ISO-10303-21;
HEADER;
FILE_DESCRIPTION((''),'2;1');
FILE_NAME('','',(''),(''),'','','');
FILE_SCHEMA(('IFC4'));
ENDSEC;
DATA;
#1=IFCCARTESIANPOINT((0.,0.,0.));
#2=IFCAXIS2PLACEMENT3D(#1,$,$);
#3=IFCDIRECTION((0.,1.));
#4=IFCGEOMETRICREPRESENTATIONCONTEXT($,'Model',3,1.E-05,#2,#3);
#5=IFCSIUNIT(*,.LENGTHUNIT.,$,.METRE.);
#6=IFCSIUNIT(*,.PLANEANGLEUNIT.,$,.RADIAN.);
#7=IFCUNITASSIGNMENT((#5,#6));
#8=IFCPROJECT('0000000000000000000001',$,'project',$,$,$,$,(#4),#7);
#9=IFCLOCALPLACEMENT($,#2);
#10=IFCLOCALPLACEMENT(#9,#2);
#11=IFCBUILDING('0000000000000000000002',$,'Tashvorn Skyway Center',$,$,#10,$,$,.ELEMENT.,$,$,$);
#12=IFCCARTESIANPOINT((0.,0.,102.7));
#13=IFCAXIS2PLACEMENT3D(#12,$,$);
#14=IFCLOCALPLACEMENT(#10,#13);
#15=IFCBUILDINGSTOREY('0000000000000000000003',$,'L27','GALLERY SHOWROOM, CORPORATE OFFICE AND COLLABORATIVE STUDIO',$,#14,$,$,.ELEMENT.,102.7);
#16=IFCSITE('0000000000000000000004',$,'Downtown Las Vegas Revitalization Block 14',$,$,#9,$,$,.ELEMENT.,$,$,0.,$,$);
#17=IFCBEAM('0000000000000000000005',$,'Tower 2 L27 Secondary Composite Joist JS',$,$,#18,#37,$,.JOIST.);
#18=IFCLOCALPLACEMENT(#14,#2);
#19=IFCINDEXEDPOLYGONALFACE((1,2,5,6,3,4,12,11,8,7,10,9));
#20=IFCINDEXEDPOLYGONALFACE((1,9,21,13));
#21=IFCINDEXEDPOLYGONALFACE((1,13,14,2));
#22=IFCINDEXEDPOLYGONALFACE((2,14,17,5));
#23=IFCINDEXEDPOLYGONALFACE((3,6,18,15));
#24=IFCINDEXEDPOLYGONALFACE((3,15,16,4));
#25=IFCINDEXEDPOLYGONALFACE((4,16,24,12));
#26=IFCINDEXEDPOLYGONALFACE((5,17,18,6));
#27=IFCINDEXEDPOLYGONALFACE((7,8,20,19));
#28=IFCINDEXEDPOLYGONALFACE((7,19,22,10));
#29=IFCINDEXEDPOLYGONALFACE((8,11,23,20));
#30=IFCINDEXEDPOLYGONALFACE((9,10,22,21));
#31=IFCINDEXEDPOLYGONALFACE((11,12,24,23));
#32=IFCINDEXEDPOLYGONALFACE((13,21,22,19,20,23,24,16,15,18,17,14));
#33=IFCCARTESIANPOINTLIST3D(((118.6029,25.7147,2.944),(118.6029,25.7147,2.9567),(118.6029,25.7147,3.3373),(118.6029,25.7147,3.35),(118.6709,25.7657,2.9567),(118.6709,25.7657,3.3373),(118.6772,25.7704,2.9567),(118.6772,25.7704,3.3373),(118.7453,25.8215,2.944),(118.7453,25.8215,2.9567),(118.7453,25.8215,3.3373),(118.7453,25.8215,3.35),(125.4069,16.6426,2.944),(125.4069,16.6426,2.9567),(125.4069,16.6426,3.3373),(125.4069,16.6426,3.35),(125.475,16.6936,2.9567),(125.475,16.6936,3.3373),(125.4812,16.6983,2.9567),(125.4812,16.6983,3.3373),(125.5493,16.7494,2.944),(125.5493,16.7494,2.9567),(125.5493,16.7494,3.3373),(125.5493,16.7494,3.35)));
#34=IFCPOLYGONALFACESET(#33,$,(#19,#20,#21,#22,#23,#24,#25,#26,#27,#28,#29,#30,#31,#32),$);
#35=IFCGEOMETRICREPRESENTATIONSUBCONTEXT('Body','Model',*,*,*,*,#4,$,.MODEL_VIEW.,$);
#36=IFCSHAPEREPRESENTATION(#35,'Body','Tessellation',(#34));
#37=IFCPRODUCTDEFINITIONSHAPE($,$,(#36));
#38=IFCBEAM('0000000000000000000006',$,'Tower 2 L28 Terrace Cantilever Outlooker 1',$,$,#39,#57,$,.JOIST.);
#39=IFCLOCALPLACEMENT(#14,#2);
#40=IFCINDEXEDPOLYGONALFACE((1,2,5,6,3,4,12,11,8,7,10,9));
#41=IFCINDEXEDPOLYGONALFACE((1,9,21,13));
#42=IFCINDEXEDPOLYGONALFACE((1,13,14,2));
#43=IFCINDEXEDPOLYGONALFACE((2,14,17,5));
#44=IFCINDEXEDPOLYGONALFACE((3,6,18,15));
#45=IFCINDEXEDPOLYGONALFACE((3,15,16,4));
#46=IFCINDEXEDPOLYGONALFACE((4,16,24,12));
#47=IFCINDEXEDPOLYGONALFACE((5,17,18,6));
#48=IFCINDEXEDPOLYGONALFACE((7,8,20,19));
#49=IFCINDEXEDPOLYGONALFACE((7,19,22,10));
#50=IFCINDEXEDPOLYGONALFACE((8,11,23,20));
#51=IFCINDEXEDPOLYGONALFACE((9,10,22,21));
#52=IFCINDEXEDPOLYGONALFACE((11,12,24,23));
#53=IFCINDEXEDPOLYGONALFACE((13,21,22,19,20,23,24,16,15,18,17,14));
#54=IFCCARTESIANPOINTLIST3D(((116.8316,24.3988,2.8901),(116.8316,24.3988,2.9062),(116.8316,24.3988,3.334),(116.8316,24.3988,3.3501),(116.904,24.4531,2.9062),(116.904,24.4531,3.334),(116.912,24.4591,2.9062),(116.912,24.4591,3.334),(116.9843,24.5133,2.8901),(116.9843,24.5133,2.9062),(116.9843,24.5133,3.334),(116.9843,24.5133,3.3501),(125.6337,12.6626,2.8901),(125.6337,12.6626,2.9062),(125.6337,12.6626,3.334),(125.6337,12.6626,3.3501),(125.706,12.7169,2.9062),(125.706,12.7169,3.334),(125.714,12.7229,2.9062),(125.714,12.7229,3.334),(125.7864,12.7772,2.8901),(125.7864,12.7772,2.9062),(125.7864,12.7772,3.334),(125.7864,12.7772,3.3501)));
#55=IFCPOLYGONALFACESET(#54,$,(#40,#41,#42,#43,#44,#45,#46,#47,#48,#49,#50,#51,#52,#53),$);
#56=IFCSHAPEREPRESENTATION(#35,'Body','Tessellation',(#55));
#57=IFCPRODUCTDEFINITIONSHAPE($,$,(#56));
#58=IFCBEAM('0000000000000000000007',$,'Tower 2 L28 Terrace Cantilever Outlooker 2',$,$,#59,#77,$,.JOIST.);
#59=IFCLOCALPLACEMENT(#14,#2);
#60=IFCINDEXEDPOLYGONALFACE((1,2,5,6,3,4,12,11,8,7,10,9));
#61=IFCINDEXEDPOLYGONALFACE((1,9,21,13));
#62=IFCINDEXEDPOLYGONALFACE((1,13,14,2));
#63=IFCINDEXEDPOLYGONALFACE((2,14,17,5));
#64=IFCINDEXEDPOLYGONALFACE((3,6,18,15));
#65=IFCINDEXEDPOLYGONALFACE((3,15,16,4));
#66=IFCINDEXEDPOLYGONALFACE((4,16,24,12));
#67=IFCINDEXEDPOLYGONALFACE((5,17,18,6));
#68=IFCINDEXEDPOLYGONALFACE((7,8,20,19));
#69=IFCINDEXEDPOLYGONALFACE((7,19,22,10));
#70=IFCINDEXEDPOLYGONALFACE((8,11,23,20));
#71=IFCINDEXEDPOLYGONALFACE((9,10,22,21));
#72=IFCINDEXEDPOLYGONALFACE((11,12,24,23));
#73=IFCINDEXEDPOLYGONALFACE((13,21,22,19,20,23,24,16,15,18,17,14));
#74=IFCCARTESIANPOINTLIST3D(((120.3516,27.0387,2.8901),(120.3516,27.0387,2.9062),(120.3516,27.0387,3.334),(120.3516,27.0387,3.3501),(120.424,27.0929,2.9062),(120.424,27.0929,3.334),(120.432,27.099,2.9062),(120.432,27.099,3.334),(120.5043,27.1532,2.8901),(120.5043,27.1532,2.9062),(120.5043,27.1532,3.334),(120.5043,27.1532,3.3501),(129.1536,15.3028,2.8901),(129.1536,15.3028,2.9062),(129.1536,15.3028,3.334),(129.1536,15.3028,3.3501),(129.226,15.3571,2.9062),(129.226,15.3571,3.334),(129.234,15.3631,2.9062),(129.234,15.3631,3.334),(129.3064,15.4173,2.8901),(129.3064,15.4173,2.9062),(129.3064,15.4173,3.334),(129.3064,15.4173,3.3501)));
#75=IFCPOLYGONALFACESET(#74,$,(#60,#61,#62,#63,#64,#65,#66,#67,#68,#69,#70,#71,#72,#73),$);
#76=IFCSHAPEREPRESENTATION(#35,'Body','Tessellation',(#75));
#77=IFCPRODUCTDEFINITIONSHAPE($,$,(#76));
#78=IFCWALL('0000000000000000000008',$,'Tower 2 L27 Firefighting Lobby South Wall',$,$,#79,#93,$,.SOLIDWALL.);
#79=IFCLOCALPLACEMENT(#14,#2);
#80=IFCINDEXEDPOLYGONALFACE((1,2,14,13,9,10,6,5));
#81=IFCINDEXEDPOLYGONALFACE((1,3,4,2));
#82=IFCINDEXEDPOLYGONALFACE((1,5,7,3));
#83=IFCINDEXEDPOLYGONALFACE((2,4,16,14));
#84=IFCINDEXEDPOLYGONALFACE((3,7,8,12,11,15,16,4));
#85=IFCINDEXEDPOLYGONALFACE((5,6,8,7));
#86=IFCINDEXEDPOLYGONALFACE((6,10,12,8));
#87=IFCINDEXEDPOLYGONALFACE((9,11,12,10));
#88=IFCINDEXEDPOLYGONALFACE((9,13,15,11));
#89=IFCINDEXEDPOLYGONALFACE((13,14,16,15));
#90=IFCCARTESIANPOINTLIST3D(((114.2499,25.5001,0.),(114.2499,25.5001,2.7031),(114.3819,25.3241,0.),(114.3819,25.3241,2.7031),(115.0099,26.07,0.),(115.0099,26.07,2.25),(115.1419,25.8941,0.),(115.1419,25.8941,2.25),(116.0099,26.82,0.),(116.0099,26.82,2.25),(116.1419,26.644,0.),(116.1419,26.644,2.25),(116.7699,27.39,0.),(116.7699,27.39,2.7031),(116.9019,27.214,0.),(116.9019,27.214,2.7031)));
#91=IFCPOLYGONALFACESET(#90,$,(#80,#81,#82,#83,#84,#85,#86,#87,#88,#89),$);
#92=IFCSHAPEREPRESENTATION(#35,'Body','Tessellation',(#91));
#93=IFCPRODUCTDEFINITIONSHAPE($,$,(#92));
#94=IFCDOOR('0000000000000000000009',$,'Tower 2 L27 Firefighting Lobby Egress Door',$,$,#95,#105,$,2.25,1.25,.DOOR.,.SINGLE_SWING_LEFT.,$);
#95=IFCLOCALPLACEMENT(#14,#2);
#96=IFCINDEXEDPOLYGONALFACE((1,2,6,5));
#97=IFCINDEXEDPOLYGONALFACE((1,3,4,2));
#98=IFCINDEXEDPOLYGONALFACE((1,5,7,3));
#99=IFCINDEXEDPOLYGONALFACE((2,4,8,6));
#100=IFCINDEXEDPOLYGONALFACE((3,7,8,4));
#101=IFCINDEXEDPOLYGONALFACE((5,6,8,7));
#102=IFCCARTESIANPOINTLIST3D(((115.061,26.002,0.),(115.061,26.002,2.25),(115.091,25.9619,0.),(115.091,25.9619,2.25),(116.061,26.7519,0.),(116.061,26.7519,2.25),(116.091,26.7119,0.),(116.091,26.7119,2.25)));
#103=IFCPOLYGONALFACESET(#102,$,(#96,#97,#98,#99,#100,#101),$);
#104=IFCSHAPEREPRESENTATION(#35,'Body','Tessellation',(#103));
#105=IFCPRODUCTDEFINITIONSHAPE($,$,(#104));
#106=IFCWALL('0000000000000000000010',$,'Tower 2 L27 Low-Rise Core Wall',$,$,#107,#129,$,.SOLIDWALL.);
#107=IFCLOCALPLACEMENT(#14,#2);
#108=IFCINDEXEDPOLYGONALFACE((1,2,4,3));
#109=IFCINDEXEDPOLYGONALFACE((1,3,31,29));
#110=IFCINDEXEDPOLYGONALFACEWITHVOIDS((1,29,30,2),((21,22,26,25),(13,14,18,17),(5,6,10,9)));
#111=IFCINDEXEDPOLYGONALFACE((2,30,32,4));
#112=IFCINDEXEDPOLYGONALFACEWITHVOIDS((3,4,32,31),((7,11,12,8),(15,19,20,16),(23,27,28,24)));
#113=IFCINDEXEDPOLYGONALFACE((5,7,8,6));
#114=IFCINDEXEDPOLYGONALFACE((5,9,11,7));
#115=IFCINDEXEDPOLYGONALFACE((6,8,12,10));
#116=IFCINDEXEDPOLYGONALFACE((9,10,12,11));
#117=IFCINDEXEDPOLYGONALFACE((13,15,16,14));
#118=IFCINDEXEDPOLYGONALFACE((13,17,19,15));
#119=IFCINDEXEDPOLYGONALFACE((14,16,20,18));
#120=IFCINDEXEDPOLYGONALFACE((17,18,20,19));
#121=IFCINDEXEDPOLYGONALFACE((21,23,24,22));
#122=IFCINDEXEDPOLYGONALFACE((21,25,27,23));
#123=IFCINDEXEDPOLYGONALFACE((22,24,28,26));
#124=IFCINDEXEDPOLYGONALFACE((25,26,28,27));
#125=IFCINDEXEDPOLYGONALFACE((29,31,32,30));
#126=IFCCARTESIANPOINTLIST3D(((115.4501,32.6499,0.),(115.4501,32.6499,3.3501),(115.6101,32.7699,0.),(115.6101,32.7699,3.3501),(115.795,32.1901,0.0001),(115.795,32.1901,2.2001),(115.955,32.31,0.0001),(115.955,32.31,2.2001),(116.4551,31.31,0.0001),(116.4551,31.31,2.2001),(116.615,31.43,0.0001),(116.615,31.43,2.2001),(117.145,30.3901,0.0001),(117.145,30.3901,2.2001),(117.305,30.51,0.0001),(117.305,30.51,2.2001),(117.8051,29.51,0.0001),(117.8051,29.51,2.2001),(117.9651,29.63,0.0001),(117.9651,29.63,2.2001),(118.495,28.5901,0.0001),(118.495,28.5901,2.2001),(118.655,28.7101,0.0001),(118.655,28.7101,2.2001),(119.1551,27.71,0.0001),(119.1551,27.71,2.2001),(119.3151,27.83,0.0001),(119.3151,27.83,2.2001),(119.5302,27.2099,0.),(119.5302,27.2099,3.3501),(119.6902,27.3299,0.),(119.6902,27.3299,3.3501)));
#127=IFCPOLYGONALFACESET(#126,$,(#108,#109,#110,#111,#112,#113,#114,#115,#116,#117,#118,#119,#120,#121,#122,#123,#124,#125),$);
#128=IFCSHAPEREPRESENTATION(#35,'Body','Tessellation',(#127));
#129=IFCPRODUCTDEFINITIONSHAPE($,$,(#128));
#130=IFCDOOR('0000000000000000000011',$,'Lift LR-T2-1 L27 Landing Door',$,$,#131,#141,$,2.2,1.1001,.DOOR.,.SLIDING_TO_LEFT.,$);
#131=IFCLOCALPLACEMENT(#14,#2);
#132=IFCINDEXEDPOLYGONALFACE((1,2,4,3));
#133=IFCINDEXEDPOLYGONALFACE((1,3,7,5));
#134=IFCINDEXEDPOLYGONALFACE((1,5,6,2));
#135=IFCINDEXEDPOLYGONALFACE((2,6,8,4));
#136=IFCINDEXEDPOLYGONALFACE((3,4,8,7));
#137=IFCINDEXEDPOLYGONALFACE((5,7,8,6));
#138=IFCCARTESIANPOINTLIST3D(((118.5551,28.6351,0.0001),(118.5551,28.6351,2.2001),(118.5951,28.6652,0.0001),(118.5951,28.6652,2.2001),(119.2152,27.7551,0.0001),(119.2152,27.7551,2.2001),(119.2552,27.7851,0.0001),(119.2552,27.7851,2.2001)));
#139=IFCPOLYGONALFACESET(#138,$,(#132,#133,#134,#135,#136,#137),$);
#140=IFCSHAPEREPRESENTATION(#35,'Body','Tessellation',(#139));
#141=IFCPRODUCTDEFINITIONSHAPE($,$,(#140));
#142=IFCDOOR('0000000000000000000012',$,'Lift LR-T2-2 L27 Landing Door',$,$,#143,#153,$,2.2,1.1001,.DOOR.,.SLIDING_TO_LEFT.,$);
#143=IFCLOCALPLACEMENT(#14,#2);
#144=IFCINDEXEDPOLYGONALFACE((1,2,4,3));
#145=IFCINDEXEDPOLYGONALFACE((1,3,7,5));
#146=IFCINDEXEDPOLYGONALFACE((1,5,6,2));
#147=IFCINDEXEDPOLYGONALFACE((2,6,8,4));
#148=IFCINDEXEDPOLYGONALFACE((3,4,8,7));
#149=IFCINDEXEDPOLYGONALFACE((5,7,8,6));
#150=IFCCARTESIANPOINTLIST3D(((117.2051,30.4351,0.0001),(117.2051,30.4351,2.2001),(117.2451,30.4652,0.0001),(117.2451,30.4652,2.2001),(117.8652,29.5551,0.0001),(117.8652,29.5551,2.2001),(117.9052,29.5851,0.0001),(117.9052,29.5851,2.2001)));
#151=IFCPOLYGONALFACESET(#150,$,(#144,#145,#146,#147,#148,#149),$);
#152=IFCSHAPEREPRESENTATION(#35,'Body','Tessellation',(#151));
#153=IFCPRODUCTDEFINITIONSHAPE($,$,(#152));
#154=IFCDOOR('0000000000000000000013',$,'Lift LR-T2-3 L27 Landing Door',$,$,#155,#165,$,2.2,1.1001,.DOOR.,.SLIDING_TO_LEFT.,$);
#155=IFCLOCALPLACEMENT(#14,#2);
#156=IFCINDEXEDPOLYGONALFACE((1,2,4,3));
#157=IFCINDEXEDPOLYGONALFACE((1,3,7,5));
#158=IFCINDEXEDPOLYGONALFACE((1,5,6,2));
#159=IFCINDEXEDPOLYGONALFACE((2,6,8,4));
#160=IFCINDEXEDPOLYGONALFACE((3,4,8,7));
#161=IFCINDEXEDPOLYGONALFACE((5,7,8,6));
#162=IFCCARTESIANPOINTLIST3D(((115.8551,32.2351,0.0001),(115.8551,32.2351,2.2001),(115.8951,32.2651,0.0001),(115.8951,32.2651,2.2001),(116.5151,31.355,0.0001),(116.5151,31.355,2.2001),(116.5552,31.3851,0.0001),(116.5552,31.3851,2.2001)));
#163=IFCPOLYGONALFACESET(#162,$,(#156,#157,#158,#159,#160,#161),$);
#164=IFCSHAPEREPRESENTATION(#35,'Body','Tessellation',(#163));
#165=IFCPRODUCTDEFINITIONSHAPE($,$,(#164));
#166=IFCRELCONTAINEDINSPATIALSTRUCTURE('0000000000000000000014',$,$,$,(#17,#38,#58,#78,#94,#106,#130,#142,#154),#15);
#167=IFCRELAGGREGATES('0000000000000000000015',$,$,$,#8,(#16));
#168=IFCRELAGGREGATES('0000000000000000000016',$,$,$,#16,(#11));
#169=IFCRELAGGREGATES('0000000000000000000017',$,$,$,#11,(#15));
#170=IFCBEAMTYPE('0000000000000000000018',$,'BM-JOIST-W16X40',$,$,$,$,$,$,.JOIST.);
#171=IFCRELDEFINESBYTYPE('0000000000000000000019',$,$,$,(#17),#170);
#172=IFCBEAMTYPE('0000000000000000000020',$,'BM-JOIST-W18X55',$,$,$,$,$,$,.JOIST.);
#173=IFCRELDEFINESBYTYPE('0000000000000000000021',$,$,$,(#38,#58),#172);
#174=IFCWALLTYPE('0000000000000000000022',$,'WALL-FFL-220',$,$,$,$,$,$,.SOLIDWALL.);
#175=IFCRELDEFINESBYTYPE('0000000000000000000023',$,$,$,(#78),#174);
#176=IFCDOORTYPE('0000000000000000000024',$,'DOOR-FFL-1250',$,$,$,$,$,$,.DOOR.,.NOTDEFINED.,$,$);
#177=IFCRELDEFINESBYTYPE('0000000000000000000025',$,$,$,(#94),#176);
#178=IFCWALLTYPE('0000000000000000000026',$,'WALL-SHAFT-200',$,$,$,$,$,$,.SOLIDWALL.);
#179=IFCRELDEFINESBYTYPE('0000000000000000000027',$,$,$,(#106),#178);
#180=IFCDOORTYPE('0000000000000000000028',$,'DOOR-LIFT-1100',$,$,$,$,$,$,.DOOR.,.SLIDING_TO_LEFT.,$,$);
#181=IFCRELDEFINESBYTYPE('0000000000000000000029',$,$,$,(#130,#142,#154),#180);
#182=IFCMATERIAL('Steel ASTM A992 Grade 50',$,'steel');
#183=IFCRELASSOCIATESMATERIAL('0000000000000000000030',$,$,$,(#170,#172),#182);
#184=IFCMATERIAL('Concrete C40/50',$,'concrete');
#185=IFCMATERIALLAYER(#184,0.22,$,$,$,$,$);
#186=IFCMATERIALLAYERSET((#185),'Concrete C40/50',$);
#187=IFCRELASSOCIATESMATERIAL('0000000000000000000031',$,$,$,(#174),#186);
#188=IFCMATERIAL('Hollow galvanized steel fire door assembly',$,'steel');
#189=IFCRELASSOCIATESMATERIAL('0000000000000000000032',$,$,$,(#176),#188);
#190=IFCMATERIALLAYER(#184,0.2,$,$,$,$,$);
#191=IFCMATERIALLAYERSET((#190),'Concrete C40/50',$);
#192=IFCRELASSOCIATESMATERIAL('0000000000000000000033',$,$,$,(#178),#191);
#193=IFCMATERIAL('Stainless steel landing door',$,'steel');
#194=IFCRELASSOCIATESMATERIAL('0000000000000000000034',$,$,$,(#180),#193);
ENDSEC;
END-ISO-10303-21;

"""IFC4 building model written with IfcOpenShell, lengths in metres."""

from ifc_helpers import new_model, si_unit, direction, frame, frame_2d, origin, origin_2d, place, context, subcontext, project, spatial, rectangle, i_section, extrude, material, layer, layer_set, material_profile, profile_set, type_object, element, fill, save


model = new_model("IFC4")

# Units and contexts
model_context = context("Model", 3, precision=1e-05, world=origin(), true_north=direction((0.0, 1.0)))
body_context = subcontext(model_context, "Body", "Model", "MODEL_VIEW")
ifc_project = project(units=[si_unit("LENGTHUNIT", "METRE"), si_unit("PLANEANGLEUNIT", "RADIAN")], contexts=[model_context])

# Site, building, storey
site_placement = place(None, origin())
site = spatial("IfcSite", under=ifc_project, at=site_placement, Name="Downtown Las Vegas Revitalization Block 14", CompositionType="ELEMENT", RefElevation=0.0)
building_placement = place(site_placement, origin())
building = spatial("IfcBuilding", under=site, at=building_placement, Name="Tashvorn Skyway Center", CompositionType="ELEMENT")
storey_placement = place(building_placement, frame((0.0, 0.0, 102.7)))
storey = spatial("IfcBuildingStorey", under=building, at=storey_placement, Name="L27", Description="GALLERY SHOWROOM, CORPORATE OFFICE AND COLLABORATIVE STUDIO", CompositionType="ELEMENT", Elevation=102.7)

# Beams
ifc_material_1 = material(Name="Steel ASTM A992 Grade 50", Category="steel")
ifc_material_profile_1 = material_profile(ifc_material_1, i_section(OverallWidth=0.178, OverallDepth=0.406, WebThickness=0.0078, FlangeThickness=0.0127, at=origin_2d()), Name="W16X40")
ifc_profile_set_1 = profile_set([ifc_material_profile_1], Name="Steel ASTM A992 Grade 50")
beam_type_1 = type_object("IfcBeamType", Name="BM-JOIST-W16X40", PredefinedType="JOIST", material=ifc_profile_set_1)
beam_1_placement = place(storey_placement, frame((118.6741, 25.7681, 3.147), z_axis=(0.599997, -0.800003, 0.0), x_axis=(0.800003, 0.599997, 0.0)))
element("IfcBeam", 1, at=beam_1_placement, inside=storey, type_object=beam_type_1, Name="Tower 2 L27 Secondary Composite Joist JS", PredefinedType="JOIST", context=body_context, shape_type="SweptSolid", body=[
    extrude(i_section(OverallWidth=0.178, OverallDepth=0.406, WebThickness=0.0078, FlangeThickness=0.0127, at=origin_2d()), origin(), (0.0, 0.0, 1.0), 11.3401),
])
ifc_material_profile_2 = material_profile(ifc_material_1, i_section(OverallWidth=0.1909, OverallDepth=0.46, WebThickness=0.01, FlangeThickness=0.0161, at=origin_2d()), Name="W18X55")
ifc_profile_set_2 = profile_set([ifc_material_profile_2], Name="Steel ASTM A992 Grade 50")
beam_type_2 = type_object("IfcBeamType", Name="BM-JOIST-W18X55", PredefinedType="JOIST", material=ifc_profile_set_2)
beam_2_placement = place(storey_placement, frame((116.908, 24.4561, 3.1201), z_axis=(0.599997, -0.800002, 0.0), x_axis=(0.800002, 0.599997, 0.0)))
element("IfcBeam", 2, at=beam_2_placement, inside=storey, type_object=beam_type_2, Name="Tower 2 L28 Terrace Cantilever Outlooker 1", PredefinedType="JOIST", context=body_context, shape_type="SweptSolid", body=[
    extrude(i_section(OverallWidth=0.1909, OverallDepth=0.46, WebThickness=0.01, FlangeThickness=0.0161, at=origin_2d()), origin(), (0.0, 0.0, 1.0), 14.6702),
])
beam_3_placement = place(storey_placement, frame((120.428, 27.0959, 3.1201), z_axis=(0.600005, -0.799996, 0.0), x_axis=(0.799996, 0.600005, 0.0)))
element("IfcBeam", 3, at=beam_3_placement, inside=storey, type_object=beam_type_2, Name="Tower 2 L28 Terrace Cantilever Outlooker 2", PredefinedType="JOIST", context=body_context, shape_type="SweptSolid", body=[
    extrude(i_section(OverallWidth=0.1909, OverallDepth=0.46, WebThickness=0.01, FlangeThickness=0.0161, at=origin_2d()), origin(), (0.0, 0.0, 1.0), 14.6699),
])

# Wall, opening, door
ifc_material_2 = material(Name="Concrete C40/50", Category="concrete")
ifc_layer_1 = layer(ifc_material_2, 0.22)
ifc_layer_set_1 = layer_set([ifc_layer_1], Name="Concrete C40/50")
wall_type_1 = type_object("IfcWallType", Name="WALL-FFL-220", PredefinedType="SOLIDWALL", material=ifc_layer_set_1)
wall_1_placement = place(storey_placement, frame((114.3159, 25.4121, 0.0), z_axis=(0.0, 0.0, 1.0), x_axis=(0.800019, 0.599975, 0.0)))
wall_1 = element("IfcWall", 4, at=wall_1_placement, inside=storey, type_object=wall_type_1, Name="Tower 2 L27 Firefighting Lobby South Wall", PredefinedType="SOLIDWALL", context=body_context, shape_type="SweptSolid", body=[
    extrude(rectangle(XDim=3.1499, YDim=0.22, at=frame_2d((1.575, 0.0))), origin(), (0.0, 0.0, 1.0), 2.7031),
])
opening_1_placement = place(wall_1_placement, frame((0.95, 0.0, 0.0)))
opening_1 = element("IfcOpeningElement", 5, at=opening_1_placement, cuts=wall_1, PredefinedType="OPENING", context=body_context, shape_type="SweptSolid", body=[
    extrude(rectangle(XDim=1.25, YDim=2.25, at=frame_2d((0.625, 1.125))), frame((0.0, 0.1199, 0.0), z_axis=(0.0, -1.0, 0.0), x_axis=(1.0, 0.0, 0.0)), (0.0, 0.0, 1.0), 0.24),
])
ifc_material_3 = material(Name="Hollow galvanized steel fire door assembly", Category="steel")
door_type_1 = type_object("IfcDoorType", Name="DOOR-FFL-1250", OperationType="NOTDEFINED", PredefinedType="DOOR", material=ifc_material_3)
door_1_placement = place(opening_1_placement, origin())
door_1 = element("IfcDoor", 6, at=door_1_placement, inside=storey, type_object=door_type_1, Name="Tower 2 L27 Firefighting Lobby Egress Door", OperationType="SINGLE_SWING_LEFT", OverallHeight=2.25, OverallWidth=1.25, PredefinedType="DOOR", context=body_context, shape_type="SweptSolid", body=[
    extrude(rectangle(XDim=1.25, YDim=2.25, at=frame_2d((0.625, 1.125))), frame((0.0, 0.0249, 0.0), z_axis=(0.0, -1.0, 0.0), x_axis=(1.0, 0.0, 0.0)), (0.0, 0.0, 1.0), 0.05),
])
fill(opening_1, door_1)

# Wall, openings, doors
ifc_layer_2 = layer(ifc_material_2, 0.2)
ifc_layer_set_2 = layer_set([ifc_layer_2], Name="Concrete C40/50")
wall_type_2 = type_object("IfcWallType", Name="WALL-SHAFT-200", PredefinedType="SOLIDWALL", material=ifc_layer_set_2)
wall_2_placement = place(storey_placement, frame((119.6101, 27.27, 0.0), z_axis=(0.0, 0.0, 1.0), x_axis=(-0.600011, 0.799991, 0.0)))
wall_2 = element("IfcWall", 7, at=wall_2_placement, inside=storey, type_object=wall_type_2, Name="Tower 2 L27 Low-Rise Core Wall", PredefinedType="SOLIDWALL", context=body_context, shape_type="SweptSolid", body=[
    extrude(rectangle(XDim=6.8, YDim=0.2, at=frame_2d((3.3999, 0.0))), origin(), (0.0, 0.0, 1.0), 3.3501),
])
opening_2_placement = place(wall_2_placement, frame((0.625, 0.0, 0.0)))
opening_2 = element("IfcOpeningElement", 8, at=opening_2_placement, cuts=wall_2, PredefinedType="OPENING", context=body_context, shape_type="SweptSolid", body=[
    extrude(rectangle(XDim=1.1001, YDim=2.2, at=frame_2d((0.55, 1.1001))), frame((0.0, 0.1099, 0.0), z_axis=(0.0, -1.0, 0.0), x_axis=(1.0, 0.0, 0.0)), (0.0, 0.0, 1.0), 0.22),
])
opening_3_placement = place(wall_2_placement, frame((2.875, 0.0, 0.0)))
opening_3 = element("IfcOpeningElement", 9, at=opening_3_placement, cuts=wall_2, PredefinedType="OPENING", context=body_context, shape_type="SweptSolid", body=[
    extrude(rectangle(XDim=1.1001, YDim=2.2, at=frame_2d((0.55, 1.1001))), frame((0.0, 0.1099, 0.0), z_axis=(0.0, -1.0, 0.0), x_axis=(1.0, 0.0, 0.0)), (0.0, 0.0, 1.0), 0.22),
])
opening_4_placement = place(wall_2_placement, frame((5.125, 0.0, 0.0)))
opening_4 = element("IfcOpeningElement", 10, at=opening_4_placement, cuts=wall_2, PredefinedType="OPENING", context=body_context, shape_type="SweptSolid", body=[
    extrude(rectangle(XDim=1.1001, YDim=2.2, at=frame_2d((0.55, 1.1001))), frame((0.0, 0.1099, 0.0), z_axis=(0.0, -1.0, 0.0), x_axis=(1.0, 0.0, 0.0)), (0.0, 0.0, 1.0), 0.22),
])
ifc_material_4 = material(Name="Stainless steel landing door", Category="steel")
door_type_2 = type_object("IfcDoorType", Name="DOOR-LIFT-1100", OperationType="SLIDING_TO_LEFT", PredefinedType="DOOR", material=ifc_material_4)
door_2_placement = place(opening_2_placement, origin())
door_2 = element("IfcDoor", 11, at=door_2_placement, inside=storey, type_object=door_type_2, Name="Lift LR-T2-1 L27 Landing Door", OperationType="SLIDING_TO_LEFT", OverallHeight=2.2, OverallWidth=1.1001, PredefinedType="DOOR", context=body_context, shape_type="SweptSolid", body=[
    extrude(rectangle(XDim=1.1001, YDim=2.2, at=frame_2d((0.55, 1.1001))), frame((0.0, 0.0249, 0.0), z_axis=(0.0, -1.0, 0.0), x_axis=(1.0, 0.0, 0.0)), (0.0, 0.0, 1.0), 0.05),
])
fill(opening_2, door_2)
door_3_placement = place(opening_3_placement, origin())
door_3 = element("IfcDoor", 12, at=door_3_placement, inside=storey, type_object=door_type_2, Name="Lift LR-T2-2 L27 Landing Door", OperationType="SLIDING_TO_LEFT", OverallHeight=2.2, OverallWidth=1.1001, PredefinedType="DOOR", context=body_context, shape_type="SweptSolid", body=[
    extrude(rectangle(XDim=1.1001, YDim=2.2, at=frame_2d((0.55, 1.1001))), frame((0.0, 0.0249, 0.0), z_axis=(0.0, -1.0, 0.0), x_axis=(1.0, 0.0, 0.0)), (0.0, 0.0, 1.0), 0.05),
])
fill(opening_3, door_3)
door_4_placement = place(opening_4_placement, origin())
door_4 = element("IfcDoor", 13, at=door_4_placement, inside=storey, type_object=door_type_2, Name="Lift LR-T2-3 L27 Landing Door", OperationType="SLIDING_TO_LEFT", OverallHeight=2.2, OverallWidth=1.1001, PredefinedType="DOOR", context=body_context, shape_type="SweptSolid", body=[
    extrude(rectangle(XDim=1.1001, YDim=2.2, at=frame_2d((0.55, 1.1001))), frame((0.0, 0.0249, 0.0), z_axis=(0.0, -1.0, 0.0), x_axis=(1.0, 0.0, 0.0)), (0.0, 0.0, 1.0), 0.05),
])
fill(opening_4, door_4)

save(model, "model.ifc")
